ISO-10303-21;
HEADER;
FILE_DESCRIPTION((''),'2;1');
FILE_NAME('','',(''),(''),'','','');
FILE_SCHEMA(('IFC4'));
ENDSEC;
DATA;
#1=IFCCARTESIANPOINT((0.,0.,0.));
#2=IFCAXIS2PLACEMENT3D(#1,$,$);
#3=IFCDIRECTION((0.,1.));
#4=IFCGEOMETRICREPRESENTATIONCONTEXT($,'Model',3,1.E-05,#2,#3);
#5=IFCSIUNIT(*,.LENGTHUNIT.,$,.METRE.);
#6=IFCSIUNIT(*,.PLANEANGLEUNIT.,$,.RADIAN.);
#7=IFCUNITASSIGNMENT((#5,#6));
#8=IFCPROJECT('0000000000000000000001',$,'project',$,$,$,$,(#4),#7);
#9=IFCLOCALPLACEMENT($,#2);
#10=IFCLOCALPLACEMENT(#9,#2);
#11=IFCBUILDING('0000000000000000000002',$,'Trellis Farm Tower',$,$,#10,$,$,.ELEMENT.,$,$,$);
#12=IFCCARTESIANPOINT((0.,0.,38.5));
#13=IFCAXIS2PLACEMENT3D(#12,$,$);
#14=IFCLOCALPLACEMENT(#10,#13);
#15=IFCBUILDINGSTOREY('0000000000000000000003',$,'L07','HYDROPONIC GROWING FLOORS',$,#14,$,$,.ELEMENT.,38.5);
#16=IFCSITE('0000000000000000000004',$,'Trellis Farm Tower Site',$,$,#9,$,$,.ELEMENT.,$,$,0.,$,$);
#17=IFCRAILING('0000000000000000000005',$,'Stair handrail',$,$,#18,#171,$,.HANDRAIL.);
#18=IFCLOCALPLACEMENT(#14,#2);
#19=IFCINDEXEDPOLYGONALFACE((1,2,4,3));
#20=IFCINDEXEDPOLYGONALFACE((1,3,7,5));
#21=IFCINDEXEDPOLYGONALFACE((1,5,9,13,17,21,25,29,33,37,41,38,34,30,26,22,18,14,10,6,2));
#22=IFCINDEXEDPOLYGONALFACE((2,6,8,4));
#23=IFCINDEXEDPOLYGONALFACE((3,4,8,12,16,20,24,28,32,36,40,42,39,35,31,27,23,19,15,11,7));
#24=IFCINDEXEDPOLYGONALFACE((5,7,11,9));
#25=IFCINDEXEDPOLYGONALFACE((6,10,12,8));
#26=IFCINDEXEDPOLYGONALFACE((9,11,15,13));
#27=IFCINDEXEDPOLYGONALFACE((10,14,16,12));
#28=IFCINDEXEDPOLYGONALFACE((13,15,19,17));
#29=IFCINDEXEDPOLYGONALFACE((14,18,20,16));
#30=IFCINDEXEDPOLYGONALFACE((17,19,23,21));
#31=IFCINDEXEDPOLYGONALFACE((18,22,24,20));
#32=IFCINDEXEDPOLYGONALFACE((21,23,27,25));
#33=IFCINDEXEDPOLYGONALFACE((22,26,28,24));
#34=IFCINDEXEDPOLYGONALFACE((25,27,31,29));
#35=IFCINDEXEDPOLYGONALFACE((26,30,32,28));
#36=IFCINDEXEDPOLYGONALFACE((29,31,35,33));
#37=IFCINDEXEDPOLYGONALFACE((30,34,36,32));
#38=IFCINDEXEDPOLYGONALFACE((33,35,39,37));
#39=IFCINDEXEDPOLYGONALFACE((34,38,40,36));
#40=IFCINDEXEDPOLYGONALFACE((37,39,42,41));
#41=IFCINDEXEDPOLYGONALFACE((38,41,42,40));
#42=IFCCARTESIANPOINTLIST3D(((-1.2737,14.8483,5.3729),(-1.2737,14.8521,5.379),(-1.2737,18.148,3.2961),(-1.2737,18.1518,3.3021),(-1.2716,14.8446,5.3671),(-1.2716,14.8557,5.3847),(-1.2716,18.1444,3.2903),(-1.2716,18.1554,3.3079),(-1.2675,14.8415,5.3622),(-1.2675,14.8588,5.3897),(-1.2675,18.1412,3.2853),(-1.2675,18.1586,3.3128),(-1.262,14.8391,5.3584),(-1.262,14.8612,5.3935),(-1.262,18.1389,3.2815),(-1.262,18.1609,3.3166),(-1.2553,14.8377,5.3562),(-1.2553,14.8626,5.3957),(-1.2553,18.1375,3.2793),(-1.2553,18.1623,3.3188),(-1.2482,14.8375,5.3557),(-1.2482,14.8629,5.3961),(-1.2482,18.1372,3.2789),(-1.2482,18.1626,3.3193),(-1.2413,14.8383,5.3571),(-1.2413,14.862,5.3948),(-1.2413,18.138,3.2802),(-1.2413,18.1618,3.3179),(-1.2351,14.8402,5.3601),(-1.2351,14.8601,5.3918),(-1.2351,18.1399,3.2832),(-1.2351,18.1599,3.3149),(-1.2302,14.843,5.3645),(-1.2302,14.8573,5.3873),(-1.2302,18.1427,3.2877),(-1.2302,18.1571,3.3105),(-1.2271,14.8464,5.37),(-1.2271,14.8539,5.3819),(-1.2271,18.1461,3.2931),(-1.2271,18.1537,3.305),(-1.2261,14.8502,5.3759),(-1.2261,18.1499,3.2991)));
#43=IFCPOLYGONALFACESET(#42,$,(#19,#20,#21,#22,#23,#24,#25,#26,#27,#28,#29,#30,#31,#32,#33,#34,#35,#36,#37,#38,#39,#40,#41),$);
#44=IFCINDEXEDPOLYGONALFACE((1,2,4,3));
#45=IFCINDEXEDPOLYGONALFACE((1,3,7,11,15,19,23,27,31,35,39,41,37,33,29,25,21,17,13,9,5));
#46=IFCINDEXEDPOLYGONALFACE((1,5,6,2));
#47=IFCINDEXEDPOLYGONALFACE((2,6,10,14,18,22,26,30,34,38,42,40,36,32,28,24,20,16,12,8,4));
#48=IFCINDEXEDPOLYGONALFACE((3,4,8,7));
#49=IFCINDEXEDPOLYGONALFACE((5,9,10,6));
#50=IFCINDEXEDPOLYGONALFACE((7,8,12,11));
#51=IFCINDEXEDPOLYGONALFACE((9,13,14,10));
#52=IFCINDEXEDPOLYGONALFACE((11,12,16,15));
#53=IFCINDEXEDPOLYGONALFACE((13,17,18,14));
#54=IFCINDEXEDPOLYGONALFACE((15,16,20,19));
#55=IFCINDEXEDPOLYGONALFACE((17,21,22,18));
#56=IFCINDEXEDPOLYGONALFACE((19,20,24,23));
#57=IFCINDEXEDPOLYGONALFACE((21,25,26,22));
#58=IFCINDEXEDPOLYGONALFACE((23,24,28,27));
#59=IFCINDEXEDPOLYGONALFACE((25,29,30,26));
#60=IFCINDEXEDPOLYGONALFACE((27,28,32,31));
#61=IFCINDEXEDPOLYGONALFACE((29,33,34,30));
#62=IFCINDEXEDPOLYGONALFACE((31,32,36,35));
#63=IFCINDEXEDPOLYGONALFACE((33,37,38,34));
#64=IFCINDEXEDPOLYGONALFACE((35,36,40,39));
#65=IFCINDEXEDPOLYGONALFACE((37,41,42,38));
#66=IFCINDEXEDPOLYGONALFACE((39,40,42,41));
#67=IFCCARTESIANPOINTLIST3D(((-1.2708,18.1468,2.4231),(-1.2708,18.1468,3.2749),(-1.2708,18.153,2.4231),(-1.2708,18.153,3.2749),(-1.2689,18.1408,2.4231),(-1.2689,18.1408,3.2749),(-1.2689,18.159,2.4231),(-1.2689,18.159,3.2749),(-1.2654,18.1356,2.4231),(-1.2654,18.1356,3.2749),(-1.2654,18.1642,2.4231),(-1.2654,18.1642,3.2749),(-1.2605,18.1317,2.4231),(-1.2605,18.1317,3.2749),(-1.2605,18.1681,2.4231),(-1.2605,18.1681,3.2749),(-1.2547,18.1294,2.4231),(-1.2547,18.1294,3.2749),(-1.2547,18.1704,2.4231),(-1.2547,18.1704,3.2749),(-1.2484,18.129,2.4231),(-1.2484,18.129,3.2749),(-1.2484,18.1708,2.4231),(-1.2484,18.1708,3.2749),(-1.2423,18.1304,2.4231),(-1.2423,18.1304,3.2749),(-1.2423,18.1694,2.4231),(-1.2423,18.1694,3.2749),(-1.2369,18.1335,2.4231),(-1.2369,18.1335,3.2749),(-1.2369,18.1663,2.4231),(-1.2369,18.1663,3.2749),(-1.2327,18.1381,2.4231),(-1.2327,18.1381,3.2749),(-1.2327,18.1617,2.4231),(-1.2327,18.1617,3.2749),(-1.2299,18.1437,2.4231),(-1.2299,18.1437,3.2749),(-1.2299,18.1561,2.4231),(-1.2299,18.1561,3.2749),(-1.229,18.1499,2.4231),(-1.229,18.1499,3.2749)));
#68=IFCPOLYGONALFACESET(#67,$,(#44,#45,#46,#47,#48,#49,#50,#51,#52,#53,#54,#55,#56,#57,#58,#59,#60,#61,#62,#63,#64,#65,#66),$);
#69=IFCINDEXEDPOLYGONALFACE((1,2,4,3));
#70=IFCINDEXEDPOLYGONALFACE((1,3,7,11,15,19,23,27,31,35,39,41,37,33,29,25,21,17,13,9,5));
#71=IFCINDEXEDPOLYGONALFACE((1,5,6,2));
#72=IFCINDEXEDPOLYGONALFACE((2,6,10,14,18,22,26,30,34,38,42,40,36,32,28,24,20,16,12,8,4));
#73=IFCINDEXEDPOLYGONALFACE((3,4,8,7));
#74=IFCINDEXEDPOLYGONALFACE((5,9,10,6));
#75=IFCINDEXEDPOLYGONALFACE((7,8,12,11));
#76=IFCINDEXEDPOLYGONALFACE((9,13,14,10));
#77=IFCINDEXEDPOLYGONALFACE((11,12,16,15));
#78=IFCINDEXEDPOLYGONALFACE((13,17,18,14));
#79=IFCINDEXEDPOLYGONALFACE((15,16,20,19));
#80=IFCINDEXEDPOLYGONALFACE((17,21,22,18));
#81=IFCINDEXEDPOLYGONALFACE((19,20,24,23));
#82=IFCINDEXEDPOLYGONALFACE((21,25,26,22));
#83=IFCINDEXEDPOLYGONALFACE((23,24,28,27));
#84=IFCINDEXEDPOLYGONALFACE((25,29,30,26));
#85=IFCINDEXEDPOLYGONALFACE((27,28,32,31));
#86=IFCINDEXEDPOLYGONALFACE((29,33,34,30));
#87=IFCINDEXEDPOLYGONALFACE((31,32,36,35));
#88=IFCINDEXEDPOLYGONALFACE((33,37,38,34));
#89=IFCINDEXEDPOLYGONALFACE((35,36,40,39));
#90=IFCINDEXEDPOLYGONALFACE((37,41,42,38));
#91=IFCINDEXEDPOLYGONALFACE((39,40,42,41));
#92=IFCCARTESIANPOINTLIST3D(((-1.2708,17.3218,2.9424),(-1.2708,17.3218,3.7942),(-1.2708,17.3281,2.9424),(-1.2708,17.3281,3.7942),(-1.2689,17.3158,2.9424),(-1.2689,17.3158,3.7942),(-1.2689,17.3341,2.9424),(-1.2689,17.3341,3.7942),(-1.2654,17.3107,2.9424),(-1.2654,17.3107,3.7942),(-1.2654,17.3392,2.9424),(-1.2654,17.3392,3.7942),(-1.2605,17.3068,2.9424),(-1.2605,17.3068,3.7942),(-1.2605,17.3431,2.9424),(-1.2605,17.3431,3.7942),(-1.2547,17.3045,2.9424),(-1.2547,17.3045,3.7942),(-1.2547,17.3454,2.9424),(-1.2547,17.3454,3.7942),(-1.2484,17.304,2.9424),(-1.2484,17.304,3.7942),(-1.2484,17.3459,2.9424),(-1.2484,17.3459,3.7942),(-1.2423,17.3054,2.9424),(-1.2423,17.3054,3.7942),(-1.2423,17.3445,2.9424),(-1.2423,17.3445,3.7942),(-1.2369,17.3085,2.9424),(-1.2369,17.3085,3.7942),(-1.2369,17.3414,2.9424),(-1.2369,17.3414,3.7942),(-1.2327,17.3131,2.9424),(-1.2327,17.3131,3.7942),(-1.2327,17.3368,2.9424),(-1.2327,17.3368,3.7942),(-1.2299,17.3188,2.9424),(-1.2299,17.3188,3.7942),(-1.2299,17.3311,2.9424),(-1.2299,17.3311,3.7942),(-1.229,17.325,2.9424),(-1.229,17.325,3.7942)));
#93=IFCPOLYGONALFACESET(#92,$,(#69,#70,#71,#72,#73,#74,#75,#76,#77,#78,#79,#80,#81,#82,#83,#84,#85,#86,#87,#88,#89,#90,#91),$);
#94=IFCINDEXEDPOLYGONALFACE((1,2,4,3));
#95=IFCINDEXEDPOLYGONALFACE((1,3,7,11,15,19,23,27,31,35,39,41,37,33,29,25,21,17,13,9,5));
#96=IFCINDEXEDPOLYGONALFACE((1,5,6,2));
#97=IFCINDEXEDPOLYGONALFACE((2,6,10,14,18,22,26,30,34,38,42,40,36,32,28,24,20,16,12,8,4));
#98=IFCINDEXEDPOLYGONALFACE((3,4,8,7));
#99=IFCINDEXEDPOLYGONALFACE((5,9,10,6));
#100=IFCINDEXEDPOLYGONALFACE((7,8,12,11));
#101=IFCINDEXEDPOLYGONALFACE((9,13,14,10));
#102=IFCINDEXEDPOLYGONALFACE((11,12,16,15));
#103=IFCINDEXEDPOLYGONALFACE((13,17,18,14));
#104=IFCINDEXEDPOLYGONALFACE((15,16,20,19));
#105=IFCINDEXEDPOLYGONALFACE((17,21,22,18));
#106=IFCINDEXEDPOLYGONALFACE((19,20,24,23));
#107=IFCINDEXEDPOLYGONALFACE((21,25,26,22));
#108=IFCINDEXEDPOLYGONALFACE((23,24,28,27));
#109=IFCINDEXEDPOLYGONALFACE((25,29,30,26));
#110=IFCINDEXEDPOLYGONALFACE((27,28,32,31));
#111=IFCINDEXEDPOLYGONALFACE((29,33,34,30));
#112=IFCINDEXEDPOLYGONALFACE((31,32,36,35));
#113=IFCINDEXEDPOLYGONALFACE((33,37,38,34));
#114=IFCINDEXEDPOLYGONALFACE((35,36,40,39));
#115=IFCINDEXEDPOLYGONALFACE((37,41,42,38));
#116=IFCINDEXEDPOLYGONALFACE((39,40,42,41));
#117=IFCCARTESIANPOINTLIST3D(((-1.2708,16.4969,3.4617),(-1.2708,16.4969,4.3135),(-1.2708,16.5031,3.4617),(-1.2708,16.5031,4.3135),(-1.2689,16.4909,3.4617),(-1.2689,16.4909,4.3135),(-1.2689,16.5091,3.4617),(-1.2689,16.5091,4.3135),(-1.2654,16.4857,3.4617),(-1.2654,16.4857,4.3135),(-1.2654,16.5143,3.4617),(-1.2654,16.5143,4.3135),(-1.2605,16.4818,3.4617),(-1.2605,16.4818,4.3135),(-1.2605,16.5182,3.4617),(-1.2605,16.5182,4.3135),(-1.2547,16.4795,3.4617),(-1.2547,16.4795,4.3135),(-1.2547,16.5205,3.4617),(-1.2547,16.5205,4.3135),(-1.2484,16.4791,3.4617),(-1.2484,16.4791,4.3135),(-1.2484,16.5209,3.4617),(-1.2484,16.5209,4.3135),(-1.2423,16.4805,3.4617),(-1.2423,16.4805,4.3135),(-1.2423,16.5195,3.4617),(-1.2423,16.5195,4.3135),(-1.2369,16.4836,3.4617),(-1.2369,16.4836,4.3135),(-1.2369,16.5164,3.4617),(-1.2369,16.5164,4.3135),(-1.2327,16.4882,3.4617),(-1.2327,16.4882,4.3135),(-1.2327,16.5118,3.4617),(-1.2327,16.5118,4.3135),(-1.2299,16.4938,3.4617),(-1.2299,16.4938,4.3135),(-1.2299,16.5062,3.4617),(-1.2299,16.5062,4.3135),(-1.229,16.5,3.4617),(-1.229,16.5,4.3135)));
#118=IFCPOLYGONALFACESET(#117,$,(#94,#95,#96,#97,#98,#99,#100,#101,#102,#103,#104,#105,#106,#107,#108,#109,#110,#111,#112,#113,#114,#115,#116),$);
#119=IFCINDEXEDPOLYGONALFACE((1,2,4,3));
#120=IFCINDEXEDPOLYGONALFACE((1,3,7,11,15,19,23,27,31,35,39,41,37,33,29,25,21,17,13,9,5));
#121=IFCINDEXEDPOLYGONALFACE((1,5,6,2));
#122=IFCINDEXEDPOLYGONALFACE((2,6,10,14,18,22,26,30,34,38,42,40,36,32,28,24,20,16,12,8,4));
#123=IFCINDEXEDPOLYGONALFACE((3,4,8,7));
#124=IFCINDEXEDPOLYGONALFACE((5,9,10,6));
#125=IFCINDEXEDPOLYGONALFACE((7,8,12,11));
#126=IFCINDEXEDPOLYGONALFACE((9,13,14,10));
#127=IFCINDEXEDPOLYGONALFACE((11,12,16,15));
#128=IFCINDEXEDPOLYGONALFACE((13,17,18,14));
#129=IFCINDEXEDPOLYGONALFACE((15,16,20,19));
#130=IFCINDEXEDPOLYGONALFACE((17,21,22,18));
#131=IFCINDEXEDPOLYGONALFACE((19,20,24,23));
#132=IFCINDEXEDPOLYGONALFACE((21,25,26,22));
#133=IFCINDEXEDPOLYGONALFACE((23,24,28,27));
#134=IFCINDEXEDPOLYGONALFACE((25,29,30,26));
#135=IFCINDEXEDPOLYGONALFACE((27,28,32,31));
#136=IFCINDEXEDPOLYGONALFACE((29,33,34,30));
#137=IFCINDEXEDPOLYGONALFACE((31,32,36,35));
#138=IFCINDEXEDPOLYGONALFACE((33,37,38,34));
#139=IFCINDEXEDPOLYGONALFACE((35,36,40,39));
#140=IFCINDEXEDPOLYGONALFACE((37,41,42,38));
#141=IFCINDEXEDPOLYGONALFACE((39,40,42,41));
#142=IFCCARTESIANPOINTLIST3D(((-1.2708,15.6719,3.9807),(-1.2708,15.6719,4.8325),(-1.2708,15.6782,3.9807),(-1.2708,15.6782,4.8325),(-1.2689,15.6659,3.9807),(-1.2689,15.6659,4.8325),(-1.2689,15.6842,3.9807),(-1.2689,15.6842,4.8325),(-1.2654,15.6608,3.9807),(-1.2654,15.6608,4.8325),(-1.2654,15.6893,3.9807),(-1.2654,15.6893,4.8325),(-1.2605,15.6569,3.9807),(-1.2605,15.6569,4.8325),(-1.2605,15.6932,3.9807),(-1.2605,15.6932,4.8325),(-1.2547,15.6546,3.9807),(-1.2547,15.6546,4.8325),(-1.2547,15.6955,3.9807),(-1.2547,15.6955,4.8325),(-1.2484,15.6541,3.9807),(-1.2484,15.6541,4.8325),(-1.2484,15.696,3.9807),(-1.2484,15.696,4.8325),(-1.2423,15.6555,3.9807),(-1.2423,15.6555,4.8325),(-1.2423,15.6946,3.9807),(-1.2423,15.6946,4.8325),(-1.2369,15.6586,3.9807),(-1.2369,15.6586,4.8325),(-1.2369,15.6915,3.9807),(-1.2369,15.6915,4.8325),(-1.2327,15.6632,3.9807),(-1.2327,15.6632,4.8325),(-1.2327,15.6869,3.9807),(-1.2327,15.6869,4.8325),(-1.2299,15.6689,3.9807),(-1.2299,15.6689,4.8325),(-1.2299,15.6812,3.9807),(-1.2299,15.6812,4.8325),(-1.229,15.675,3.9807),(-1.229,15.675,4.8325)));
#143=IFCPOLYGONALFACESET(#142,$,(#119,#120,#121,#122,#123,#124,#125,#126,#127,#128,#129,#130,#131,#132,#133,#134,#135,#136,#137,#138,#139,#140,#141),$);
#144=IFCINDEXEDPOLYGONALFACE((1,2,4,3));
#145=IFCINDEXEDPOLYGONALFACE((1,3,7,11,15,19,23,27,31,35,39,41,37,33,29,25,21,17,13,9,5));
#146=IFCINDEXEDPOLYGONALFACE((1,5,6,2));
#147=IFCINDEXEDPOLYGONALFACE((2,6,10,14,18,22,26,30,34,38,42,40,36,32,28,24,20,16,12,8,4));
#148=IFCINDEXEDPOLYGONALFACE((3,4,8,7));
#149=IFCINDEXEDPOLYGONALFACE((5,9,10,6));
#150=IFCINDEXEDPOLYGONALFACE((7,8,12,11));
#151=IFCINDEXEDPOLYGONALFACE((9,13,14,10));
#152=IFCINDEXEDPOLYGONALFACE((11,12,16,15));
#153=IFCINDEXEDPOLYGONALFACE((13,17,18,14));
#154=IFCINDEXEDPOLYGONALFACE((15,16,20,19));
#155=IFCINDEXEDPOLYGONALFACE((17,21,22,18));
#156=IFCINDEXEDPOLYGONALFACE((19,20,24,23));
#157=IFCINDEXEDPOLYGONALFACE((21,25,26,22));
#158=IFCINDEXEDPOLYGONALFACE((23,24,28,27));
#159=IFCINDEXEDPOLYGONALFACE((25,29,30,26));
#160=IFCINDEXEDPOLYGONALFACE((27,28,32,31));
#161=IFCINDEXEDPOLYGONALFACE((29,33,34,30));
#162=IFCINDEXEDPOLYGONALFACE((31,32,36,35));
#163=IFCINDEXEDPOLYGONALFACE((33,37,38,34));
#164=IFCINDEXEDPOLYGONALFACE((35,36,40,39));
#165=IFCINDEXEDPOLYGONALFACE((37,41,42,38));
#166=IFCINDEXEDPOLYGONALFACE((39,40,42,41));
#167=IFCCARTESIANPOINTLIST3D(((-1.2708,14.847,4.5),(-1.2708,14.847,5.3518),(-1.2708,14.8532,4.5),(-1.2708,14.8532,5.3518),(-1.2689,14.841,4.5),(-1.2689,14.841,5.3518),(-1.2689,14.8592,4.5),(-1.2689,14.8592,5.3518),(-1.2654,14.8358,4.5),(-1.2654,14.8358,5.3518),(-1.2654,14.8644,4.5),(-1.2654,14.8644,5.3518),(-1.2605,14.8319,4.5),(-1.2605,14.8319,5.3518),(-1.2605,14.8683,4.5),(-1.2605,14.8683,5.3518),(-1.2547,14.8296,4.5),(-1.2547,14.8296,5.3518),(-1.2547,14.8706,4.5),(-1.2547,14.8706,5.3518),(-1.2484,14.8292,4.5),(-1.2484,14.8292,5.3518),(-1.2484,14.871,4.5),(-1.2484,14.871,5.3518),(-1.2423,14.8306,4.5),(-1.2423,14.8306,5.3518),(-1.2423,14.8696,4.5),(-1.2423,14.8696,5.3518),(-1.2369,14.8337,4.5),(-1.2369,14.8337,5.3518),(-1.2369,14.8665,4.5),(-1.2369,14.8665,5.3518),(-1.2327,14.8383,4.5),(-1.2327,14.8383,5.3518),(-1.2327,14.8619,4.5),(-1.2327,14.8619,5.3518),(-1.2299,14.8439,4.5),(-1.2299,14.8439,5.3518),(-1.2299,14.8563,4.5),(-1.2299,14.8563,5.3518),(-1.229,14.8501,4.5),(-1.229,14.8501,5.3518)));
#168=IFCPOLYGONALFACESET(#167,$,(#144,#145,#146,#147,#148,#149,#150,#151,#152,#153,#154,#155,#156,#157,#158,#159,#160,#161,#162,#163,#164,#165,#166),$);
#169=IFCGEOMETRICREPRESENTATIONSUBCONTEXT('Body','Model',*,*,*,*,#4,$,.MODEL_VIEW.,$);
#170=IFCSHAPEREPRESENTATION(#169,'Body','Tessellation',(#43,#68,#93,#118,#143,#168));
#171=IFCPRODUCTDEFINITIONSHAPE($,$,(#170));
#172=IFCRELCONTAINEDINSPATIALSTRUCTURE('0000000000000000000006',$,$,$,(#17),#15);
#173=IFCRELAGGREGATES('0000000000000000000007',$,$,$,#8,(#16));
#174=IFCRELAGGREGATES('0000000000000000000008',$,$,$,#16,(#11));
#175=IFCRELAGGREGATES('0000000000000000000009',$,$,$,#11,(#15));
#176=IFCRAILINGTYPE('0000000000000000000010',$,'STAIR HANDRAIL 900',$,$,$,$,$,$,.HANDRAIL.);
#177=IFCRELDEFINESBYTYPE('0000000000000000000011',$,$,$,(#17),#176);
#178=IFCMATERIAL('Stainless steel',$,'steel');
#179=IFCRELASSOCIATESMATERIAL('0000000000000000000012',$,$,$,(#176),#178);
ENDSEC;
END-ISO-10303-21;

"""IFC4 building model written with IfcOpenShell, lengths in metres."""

from ifc_helpers import new_model, si_unit, direction, frame, origin, origin_2d, place, context, subcontext, project, spatial, circle, extrude, source, transform, mapped, material, type_object, element, save


model = new_model("IFC4")

# Units and contexts
model_context = context("Model", 3, precision=1e-05, world=origin(), true_north=direction((0.0, 1.0)))
body_context = subcontext(model_context, "Body", "Model", "MODEL_VIEW")
ifc_project = project(units=[si_unit("LENGTHUNIT", "METRE"), si_unit("PLANEANGLEUNIT", "RADIAN")], contexts=[model_context])

# Site, building, storey
site_placement = place(None, origin())
site = spatial("IfcSite", under=ifc_project, at=site_placement, Name="Trellis Farm Tower Site", CompositionType="ELEMENT", RefElevation=0.0)
building_placement = place(site_placement, origin())
building = spatial("IfcBuilding", under=site, at=building_placement, Name="Trellis Farm Tower", CompositionType="ELEMENT")
storey_placement = place(building_placement, frame((0.0, 0.0, 38.5)))
storey = spatial("IfcBuildingStorey", under=building, at=storey_placement, Name="L07", Description="HYDROPONIC GROWING FLOORS", CompositionType="ELEMENT", Elevation=38.5)

# Railing
ifc_material_1 = material(Name="Stainless steel", Category="steel")
railing_type = type_object("IfcRailingType", Name="STAIR HANDRAIL 900", PredefinedType="HANDRAIL", material=ifc_material_1)
shared_shape_1 = source(origin(), body_context, "Body", "SweptSolid", [
    extrude(circle(Radius=0.0239, at=origin_2d()), frame((0.0, 0.0, 0.876), z_axis=(0.0, -0.84632, 0.532675), x_axis=(1.0, 0.0, 0.0)), (0.0, 0.0, 1.0), 3.8989),
    extrude(circle(Radius=0.021, at=origin_2d()), origin(), (0.0, 0.0, 1.0), 0.8518),
    extrude(circle(Radius=0.021, at=origin_2d()), frame((0.0, -0.825, 0.5193)), (0.0, 0.0, 1.0), 0.8518),
    extrude(circle(Radius=0.021, at=origin_2d()), frame((0.0, -1.6499, 1.0386)), (0.0, 0.0, 1.0), 0.8518),
    extrude(circle(Radius=0.021, at=origin_2d()), frame((0.0, -2.4749, 1.5576)), (0.0, 0.0, 1.0), 0.8518),
    extrude(circle(Radius=0.021, at=origin_2d()), frame((0.0, -3.2998, 2.0769)), (0.0, 0.0, 1.0), 0.8518),
])
railing_placement = place(storey_placement, frame((-1.25, 18.1499, 2.4231)))
element("IfcRailing", 1, at=railing_placement, inside=storey, type_object=railing_type, Name="Stair handrail", PredefinedType="HANDRAIL", context=body_context, shape_type="MappedRepresentation", body=[
    mapped(shared_shape_1, transform((0.0, 0.0, 0.0))),
])

save(model, "model.ifc")
